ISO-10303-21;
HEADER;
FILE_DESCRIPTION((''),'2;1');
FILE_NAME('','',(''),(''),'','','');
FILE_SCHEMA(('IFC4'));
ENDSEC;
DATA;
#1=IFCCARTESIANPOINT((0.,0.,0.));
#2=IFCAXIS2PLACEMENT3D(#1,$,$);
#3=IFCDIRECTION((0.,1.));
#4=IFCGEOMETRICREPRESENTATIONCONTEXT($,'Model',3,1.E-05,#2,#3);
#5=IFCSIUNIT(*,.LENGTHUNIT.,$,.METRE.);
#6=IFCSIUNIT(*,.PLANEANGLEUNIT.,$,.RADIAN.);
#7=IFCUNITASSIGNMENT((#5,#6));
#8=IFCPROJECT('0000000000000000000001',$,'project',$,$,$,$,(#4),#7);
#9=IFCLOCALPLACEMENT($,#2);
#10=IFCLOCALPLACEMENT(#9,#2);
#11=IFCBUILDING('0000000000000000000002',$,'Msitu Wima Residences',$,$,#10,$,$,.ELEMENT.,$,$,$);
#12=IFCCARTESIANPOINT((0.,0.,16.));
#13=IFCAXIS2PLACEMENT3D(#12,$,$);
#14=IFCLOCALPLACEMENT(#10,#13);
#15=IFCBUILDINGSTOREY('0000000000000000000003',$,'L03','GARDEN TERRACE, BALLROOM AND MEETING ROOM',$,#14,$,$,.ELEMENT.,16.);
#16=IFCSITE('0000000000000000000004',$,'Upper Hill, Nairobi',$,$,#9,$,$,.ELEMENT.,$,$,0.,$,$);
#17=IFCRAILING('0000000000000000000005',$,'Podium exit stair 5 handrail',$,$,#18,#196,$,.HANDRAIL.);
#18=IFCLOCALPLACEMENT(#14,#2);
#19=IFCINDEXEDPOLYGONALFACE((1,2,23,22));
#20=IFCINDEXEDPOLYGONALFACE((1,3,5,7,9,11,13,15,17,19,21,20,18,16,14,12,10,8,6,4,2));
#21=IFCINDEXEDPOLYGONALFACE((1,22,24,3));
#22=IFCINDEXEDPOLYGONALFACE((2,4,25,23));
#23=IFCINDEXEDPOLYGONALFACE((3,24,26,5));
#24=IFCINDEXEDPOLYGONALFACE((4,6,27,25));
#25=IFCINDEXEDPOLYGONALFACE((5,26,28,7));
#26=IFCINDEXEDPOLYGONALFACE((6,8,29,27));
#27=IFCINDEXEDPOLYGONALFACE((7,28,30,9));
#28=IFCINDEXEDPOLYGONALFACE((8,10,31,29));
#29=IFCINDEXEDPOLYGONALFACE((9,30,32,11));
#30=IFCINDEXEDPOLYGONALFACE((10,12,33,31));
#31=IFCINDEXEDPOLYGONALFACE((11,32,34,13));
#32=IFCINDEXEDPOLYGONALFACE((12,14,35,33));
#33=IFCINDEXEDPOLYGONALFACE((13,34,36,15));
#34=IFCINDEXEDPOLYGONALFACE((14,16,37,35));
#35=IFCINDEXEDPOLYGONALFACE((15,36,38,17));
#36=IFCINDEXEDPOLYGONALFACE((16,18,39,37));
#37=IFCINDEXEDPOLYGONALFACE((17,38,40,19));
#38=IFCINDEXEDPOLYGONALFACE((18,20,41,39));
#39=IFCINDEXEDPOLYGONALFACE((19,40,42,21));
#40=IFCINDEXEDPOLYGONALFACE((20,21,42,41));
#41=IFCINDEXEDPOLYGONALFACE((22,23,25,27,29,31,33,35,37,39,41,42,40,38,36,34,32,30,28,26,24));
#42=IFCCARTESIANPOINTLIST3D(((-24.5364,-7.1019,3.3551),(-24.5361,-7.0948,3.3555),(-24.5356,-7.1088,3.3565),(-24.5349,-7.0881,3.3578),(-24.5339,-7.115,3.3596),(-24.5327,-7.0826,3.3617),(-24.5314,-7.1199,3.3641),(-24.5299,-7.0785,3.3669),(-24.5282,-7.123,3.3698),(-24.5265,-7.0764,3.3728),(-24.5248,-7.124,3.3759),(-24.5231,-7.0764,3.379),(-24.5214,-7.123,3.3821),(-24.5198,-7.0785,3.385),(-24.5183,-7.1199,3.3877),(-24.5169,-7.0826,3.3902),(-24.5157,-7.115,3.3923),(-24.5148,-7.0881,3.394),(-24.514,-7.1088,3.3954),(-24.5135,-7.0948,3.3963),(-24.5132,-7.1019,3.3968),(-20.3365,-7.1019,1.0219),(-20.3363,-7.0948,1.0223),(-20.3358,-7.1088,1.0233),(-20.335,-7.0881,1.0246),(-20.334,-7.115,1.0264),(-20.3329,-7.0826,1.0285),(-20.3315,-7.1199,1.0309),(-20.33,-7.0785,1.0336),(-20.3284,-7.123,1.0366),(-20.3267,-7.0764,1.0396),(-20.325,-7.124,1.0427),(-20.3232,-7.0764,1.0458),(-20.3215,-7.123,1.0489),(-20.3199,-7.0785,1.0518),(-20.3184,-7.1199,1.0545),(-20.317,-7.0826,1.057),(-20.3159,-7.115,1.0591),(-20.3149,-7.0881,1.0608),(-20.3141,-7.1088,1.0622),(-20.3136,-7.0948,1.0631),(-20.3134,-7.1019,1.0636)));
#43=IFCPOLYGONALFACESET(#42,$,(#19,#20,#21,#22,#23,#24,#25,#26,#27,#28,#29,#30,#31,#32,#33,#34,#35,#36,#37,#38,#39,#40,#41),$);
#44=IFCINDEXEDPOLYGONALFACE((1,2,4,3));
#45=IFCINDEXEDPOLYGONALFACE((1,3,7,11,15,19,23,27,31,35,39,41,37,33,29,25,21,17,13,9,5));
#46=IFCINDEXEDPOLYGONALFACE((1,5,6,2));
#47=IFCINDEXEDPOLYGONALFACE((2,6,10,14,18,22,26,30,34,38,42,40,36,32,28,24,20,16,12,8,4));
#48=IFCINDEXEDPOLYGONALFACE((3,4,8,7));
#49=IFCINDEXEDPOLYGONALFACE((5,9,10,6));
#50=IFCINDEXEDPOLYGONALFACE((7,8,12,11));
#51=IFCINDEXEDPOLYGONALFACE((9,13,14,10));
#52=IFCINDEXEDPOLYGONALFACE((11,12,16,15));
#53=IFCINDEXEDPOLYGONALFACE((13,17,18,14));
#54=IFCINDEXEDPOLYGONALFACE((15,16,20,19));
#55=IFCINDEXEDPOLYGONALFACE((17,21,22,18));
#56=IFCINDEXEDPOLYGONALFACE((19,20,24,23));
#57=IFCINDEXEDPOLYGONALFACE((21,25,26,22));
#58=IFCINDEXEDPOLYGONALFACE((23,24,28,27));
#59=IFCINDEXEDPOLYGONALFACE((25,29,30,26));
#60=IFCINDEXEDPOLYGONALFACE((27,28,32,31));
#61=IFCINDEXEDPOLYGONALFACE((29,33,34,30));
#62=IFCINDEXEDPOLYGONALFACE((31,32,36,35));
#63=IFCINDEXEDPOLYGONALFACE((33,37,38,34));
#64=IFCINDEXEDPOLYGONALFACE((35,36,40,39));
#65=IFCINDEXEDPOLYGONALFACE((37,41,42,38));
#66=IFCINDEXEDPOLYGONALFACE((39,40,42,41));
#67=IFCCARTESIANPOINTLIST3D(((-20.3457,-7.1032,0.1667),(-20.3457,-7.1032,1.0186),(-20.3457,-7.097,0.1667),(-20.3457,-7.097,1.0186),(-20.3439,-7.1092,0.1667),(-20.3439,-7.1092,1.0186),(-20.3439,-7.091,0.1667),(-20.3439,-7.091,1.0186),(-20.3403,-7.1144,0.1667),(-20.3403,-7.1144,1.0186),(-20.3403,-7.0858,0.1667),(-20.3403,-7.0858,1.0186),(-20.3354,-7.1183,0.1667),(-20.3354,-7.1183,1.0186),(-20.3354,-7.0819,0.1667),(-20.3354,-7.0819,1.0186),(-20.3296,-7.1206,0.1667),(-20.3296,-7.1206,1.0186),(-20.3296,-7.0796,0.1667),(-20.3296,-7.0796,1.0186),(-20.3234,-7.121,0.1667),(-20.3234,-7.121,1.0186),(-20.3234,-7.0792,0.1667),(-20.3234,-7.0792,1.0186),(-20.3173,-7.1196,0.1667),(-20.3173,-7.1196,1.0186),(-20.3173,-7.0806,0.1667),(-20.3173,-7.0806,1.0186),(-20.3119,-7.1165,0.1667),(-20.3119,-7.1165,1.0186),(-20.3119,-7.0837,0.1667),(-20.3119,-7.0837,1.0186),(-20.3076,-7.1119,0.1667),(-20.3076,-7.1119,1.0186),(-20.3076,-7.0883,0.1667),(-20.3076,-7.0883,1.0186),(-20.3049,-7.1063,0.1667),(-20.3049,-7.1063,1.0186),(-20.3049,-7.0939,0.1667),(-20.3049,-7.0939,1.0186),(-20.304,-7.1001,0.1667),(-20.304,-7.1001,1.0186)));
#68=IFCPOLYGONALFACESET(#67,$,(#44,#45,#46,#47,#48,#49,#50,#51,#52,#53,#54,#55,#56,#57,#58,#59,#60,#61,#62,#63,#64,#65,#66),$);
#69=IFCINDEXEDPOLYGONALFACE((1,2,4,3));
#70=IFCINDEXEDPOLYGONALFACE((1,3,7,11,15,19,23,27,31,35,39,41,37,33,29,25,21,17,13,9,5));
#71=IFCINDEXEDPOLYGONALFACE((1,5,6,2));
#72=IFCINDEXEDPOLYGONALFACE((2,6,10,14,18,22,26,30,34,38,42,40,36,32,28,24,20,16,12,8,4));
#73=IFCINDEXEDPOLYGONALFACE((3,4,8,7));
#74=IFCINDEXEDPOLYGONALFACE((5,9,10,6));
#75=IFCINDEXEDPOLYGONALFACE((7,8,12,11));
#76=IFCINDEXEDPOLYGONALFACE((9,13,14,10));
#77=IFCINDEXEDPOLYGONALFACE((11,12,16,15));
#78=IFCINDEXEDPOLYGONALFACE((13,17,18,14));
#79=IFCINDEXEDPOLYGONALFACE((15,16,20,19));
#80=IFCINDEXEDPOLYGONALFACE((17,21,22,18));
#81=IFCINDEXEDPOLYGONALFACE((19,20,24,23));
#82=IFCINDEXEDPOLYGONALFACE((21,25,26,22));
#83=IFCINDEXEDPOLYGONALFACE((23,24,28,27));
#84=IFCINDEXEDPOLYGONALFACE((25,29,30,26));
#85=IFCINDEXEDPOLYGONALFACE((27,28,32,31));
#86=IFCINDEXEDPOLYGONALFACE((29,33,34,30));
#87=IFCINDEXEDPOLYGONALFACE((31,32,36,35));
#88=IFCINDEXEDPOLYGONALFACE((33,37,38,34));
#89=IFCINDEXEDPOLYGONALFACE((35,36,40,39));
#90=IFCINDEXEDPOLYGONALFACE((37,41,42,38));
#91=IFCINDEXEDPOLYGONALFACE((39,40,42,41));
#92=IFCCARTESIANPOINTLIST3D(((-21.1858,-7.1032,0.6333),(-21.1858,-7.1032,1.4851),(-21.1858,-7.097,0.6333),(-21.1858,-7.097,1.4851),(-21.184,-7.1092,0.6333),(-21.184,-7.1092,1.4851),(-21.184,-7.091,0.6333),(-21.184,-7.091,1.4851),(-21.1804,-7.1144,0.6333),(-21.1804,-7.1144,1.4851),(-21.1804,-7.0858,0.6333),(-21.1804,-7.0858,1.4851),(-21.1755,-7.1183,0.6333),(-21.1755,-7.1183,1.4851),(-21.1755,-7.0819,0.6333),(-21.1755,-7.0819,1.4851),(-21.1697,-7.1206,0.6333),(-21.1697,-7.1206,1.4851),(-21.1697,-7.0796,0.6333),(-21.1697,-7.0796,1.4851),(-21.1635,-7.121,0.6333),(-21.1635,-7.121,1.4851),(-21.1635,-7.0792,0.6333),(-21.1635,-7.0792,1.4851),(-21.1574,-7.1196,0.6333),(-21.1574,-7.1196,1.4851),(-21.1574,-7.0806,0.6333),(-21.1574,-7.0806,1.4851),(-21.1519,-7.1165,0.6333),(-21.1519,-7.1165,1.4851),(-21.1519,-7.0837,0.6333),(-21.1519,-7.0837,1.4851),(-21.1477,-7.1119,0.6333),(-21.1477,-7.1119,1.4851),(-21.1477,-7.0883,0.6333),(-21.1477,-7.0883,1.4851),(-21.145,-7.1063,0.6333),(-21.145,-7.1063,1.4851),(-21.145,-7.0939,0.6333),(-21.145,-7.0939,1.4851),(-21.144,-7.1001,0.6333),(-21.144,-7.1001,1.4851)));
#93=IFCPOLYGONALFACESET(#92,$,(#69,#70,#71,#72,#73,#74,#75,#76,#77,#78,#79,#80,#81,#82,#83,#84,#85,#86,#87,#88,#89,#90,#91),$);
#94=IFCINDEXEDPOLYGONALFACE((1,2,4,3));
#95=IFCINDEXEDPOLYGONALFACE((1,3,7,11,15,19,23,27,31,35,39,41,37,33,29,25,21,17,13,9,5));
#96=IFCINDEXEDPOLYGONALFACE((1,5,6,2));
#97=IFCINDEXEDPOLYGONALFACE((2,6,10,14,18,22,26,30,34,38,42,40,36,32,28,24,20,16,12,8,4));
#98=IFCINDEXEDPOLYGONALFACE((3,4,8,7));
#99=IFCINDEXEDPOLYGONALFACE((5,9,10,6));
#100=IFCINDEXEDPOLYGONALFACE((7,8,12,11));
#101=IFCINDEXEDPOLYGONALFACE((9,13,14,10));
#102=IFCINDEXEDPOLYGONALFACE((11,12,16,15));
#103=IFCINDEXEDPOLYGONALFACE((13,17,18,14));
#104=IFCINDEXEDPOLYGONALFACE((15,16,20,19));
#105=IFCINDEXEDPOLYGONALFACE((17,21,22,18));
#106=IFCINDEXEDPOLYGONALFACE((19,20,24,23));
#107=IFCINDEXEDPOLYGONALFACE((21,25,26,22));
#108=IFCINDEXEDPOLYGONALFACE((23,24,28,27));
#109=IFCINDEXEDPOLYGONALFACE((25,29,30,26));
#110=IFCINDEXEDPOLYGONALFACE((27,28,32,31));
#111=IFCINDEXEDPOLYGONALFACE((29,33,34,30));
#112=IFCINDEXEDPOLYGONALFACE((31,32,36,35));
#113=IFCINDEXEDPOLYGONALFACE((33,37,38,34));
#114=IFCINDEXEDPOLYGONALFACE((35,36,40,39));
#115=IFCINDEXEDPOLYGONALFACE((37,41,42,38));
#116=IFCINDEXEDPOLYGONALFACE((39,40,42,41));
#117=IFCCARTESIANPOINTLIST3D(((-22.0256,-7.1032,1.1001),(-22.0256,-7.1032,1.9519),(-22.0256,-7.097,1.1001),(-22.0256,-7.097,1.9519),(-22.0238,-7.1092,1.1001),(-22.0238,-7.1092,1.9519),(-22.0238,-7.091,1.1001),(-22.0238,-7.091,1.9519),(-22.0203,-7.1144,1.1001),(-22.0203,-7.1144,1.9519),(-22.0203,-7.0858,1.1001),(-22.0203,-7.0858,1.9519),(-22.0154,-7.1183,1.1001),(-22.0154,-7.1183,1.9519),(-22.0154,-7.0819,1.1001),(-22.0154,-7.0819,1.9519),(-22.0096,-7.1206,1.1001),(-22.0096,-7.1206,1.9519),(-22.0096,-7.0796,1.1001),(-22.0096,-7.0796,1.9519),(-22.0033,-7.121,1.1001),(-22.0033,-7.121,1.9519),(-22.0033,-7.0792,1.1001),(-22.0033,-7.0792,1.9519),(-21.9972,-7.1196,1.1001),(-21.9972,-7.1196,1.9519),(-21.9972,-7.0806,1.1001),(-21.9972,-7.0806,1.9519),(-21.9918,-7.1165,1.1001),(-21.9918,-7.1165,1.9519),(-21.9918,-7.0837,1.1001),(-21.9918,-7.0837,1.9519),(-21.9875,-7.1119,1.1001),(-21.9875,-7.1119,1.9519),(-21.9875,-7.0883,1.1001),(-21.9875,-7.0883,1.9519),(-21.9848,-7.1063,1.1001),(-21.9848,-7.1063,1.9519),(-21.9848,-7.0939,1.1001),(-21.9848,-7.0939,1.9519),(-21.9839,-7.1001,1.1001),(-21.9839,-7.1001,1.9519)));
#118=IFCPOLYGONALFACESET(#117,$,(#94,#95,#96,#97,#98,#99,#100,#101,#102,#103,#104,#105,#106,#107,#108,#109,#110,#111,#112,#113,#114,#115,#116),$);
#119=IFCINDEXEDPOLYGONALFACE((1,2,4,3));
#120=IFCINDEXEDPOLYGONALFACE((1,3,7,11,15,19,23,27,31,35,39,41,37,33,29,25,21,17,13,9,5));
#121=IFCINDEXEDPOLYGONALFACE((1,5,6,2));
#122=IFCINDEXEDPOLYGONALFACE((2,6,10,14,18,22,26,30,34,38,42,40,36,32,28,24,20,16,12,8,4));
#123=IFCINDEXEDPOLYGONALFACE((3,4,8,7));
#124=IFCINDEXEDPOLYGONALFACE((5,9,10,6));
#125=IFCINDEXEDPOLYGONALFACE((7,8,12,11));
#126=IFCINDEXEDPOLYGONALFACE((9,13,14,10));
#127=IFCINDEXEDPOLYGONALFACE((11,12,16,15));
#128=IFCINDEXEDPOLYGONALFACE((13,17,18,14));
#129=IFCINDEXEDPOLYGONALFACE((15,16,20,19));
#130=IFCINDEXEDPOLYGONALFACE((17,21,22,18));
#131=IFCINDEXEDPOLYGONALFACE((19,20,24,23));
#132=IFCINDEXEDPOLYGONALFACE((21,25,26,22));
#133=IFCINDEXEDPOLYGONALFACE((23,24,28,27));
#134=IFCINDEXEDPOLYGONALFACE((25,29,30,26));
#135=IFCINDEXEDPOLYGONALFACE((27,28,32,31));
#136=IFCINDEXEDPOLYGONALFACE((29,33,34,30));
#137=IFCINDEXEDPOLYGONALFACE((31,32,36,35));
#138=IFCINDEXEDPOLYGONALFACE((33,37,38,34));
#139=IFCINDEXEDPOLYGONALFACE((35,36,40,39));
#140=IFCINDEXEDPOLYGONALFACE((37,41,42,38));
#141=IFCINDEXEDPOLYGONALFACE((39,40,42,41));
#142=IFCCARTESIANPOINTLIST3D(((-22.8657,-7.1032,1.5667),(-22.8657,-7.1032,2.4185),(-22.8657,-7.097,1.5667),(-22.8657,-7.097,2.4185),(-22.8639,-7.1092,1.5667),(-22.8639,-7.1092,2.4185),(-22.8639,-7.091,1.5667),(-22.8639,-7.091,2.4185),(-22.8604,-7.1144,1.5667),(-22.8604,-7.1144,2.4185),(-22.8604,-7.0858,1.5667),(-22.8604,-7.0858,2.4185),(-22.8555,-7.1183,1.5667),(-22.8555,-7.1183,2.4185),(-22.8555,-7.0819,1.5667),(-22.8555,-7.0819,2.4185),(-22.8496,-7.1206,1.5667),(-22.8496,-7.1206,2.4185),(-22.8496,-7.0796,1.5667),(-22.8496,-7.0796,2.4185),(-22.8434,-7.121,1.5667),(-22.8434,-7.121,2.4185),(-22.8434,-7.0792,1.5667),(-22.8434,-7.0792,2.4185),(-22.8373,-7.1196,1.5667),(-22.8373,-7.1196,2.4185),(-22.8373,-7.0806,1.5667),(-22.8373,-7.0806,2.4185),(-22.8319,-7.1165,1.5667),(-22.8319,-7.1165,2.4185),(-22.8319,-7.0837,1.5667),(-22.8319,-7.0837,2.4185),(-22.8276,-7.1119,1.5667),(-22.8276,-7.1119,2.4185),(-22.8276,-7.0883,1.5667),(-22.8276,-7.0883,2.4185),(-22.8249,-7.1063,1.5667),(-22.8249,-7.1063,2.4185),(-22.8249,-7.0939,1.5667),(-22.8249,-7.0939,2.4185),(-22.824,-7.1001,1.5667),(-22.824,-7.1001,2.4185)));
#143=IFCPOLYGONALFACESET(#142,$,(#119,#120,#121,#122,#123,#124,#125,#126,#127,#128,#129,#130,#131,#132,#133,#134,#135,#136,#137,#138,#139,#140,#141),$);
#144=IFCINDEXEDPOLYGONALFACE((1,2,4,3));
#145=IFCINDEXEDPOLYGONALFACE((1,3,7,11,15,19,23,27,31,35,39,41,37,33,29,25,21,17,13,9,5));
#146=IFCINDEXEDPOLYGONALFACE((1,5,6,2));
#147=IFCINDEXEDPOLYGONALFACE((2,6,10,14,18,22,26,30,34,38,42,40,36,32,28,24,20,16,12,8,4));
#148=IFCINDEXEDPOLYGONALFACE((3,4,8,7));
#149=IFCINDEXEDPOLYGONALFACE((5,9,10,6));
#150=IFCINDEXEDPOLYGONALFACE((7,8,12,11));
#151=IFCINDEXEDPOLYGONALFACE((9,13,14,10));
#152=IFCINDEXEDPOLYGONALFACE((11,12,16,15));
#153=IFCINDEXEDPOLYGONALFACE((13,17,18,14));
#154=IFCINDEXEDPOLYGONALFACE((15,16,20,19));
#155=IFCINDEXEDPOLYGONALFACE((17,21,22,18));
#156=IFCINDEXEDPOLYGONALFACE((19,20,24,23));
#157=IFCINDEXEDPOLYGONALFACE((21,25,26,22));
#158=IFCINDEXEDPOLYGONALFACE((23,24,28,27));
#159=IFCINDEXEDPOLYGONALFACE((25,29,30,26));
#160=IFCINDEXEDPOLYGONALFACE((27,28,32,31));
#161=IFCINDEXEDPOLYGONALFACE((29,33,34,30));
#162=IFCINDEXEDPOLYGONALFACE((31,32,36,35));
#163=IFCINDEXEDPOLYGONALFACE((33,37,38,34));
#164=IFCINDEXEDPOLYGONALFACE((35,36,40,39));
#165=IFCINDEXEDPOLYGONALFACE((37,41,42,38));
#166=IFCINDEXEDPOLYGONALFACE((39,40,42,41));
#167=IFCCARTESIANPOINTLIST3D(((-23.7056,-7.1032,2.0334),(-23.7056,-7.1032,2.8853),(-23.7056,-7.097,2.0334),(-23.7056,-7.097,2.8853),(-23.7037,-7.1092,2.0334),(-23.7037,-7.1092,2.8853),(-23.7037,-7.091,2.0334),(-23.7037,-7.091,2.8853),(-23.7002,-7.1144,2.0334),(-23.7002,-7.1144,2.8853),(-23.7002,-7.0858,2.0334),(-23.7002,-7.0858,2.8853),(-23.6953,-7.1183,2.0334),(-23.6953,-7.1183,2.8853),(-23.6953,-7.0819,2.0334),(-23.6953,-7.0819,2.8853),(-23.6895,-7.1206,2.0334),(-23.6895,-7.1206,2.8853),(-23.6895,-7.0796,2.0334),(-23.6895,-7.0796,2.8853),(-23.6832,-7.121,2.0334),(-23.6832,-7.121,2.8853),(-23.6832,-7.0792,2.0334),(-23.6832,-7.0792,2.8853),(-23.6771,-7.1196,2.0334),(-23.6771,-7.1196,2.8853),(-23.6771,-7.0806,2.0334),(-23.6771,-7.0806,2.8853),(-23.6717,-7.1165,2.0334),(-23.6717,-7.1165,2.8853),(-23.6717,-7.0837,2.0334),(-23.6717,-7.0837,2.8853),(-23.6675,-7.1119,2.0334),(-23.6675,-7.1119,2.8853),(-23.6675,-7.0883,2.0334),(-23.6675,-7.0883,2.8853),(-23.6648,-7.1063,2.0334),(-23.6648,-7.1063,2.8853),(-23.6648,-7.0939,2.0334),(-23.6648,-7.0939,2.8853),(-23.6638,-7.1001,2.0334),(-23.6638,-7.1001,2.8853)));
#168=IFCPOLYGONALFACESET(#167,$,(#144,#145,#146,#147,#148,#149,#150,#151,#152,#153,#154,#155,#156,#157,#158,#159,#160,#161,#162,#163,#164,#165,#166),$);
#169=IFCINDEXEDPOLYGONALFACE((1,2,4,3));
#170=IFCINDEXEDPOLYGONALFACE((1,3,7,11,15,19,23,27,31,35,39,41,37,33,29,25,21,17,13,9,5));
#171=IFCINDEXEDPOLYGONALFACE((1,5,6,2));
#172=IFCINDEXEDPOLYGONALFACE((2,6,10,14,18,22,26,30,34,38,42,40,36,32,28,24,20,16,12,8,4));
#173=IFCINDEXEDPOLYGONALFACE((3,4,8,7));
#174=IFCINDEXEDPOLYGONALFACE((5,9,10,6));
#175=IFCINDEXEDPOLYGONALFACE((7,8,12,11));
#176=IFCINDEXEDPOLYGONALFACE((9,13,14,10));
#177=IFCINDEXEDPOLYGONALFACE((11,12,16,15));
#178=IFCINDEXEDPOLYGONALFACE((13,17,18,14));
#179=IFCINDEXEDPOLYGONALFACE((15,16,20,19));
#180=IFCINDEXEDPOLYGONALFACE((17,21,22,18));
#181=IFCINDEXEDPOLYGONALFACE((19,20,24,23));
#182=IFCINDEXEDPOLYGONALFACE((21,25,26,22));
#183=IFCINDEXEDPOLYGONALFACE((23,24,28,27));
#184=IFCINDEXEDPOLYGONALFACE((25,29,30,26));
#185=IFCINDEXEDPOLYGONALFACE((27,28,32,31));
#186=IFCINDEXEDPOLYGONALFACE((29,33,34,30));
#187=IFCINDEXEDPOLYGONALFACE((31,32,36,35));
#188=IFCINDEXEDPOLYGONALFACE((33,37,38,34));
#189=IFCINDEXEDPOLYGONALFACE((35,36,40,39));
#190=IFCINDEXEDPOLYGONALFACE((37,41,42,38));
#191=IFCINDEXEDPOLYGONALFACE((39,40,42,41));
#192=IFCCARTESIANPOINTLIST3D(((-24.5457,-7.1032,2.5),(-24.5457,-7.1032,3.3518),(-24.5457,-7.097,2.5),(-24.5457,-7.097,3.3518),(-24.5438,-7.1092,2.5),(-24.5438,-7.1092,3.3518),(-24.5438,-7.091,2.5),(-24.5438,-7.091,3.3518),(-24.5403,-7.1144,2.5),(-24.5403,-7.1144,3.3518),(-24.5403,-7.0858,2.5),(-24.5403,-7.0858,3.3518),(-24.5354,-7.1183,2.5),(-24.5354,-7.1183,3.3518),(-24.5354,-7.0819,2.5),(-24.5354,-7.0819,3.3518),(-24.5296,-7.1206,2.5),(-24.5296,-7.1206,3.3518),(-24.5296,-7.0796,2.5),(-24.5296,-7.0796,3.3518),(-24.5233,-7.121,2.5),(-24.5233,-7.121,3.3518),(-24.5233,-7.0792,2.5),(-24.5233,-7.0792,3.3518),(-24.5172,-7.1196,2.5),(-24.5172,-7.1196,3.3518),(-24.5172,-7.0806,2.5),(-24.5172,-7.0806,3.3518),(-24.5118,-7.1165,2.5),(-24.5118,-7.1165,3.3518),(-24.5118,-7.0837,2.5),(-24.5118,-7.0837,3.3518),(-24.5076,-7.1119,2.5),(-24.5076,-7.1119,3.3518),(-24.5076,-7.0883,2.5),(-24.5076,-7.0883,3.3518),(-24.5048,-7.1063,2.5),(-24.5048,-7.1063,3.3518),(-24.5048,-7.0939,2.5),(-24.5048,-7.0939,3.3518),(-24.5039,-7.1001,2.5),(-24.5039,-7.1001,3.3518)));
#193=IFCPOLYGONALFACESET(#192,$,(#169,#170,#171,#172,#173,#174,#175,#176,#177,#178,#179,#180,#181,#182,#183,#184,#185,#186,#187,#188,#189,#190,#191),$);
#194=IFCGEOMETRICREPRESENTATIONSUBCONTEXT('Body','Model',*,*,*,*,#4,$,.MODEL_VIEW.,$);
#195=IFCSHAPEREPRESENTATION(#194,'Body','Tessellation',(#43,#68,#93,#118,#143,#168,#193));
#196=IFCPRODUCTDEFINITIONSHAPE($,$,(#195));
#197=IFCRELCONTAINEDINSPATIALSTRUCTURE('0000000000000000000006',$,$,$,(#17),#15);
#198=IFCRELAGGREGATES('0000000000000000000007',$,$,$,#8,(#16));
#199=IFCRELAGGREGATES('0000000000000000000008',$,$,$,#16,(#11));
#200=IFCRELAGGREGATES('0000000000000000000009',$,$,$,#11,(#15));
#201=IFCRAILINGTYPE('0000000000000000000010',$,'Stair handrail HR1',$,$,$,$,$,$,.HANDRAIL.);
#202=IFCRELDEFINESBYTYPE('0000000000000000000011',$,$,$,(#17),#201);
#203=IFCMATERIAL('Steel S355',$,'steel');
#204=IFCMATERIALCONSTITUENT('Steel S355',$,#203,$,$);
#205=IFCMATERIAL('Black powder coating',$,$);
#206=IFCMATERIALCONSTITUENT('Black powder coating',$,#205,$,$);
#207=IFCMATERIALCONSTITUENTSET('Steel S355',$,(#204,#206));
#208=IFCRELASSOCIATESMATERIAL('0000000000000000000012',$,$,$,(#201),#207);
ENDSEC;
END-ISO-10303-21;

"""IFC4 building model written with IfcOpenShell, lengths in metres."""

from ifc_helpers import new_model, si_unit, direction, frame, origin, origin_2d, place, context, subcontext, project, spatial, circle, extrude, material, constituent, constituent_set, type_object, element, save


model = new_model("IFC4")

# Units and contexts
model_context = context("Model", 3, precision=1e-05, world=origin(), true_north=direction((0.0, 1.0)))
body_context = subcontext(model_context, "Body", "Model", "MODEL_VIEW")
ifc_project = project(units=[si_unit("LENGTHUNIT", "METRE"), si_unit("PLANEANGLEUNIT", "RADIAN")], contexts=[model_context])

# Site, building, storey
site_placement = place(None, origin())
site = spatial("IfcSite", under=ifc_project, at=site_placement, Name="Upper Hill, Nairobi", CompositionType="ELEMENT", RefElevation=0.0)
building_placement = place(site_placement, origin())
building = spatial("IfcBuilding", under=site, at=building_placement, Name="Msitu Wima Residences", CompositionType="ELEMENT")
storey_placement = place(building_placement, frame((0.0, 0.0, 16.0)))
storey = spatial("IfcBuildingStorey", under=building, at=storey_placement, Name="L03", Description="GARDEN TERRACE, BALLROOM AND MEETING ROOM", CompositionType="ELEMENT", Elevation=16.0)

# Railing
ifc_material_1 = material(Name="Steel S355", Category="steel")
ifc_constituent_1 = constituent(ifc_material_1, Name="Steel S355")
ifc_material_2 = material(Name="Black powder coating")
ifc_constituent_2 = constituent(ifc_material_2, Name="Black powder coating")
ifc_constituent_set = constituent_set(constituents=[ifc_constituent_1, ifc_constituent_2], Name="Steel S355")
railing_type = type_object("IfcRailingType", Name="Stair handrail HR1", PredefinedType="HANDRAIL", material=ifc_constituent_set)
for number, where, name in (
    (1, (-20.325, -7.1001, 0.1667), "Podium exit stair 5 handrail"),
):
    element("IfcRailing", number, at=place(storey_placement, frame(where)), inside=storey, type_object=railing_type, Name=name, PredefinedType="HANDRAIL", context=body_context, shape_type="SweptSolid", body=[
        extrude(circle(Radius=0.0239, at=origin_2d()), frame((0.0, 0.0, 0.876), z_axis=(-0.874162, 0.0, 0.485634), x_axis=(0.0, -1.0, 0.0)), (0.0, 0.0, 1.0), 4.8044),
        extrude(circle(Radius=0.021, at=origin_2d()), origin(), (0.0, 0.0, 1.0), 0.8518),
        extrude(circle(Radius=0.021, at=origin_2d()), frame((-0.8401, 0.0, 0.4666)), (0.0, 0.0, 1.0), 0.8518),
        extrude(circle(Radius=0.021, at=origin_2d()), frame((-1.6799, 0.0, 0.9333)), (0.0, 0.0, 1.0), 0.8518),
        extrude(circle(Radius=0.021, at=origin_2d()), frame((-2.52, 0.0, 1.3999)), (0.0, 0.0, 1.0), 0.8518),
        extrude(circle(Radius=0.021, at=origin_2d()), frame((-3.3599, 0.0, 1.8667)), (0.0, 0.0, 1.0), 0.8518),
        extrude(circle(Radius=0.021, at=origin_2d()), frame((-4.2, 0.0, 2.3333)), (0.0, 0.0, 1.0), 0.8518),
    ])

save(model, "model.ifc")
